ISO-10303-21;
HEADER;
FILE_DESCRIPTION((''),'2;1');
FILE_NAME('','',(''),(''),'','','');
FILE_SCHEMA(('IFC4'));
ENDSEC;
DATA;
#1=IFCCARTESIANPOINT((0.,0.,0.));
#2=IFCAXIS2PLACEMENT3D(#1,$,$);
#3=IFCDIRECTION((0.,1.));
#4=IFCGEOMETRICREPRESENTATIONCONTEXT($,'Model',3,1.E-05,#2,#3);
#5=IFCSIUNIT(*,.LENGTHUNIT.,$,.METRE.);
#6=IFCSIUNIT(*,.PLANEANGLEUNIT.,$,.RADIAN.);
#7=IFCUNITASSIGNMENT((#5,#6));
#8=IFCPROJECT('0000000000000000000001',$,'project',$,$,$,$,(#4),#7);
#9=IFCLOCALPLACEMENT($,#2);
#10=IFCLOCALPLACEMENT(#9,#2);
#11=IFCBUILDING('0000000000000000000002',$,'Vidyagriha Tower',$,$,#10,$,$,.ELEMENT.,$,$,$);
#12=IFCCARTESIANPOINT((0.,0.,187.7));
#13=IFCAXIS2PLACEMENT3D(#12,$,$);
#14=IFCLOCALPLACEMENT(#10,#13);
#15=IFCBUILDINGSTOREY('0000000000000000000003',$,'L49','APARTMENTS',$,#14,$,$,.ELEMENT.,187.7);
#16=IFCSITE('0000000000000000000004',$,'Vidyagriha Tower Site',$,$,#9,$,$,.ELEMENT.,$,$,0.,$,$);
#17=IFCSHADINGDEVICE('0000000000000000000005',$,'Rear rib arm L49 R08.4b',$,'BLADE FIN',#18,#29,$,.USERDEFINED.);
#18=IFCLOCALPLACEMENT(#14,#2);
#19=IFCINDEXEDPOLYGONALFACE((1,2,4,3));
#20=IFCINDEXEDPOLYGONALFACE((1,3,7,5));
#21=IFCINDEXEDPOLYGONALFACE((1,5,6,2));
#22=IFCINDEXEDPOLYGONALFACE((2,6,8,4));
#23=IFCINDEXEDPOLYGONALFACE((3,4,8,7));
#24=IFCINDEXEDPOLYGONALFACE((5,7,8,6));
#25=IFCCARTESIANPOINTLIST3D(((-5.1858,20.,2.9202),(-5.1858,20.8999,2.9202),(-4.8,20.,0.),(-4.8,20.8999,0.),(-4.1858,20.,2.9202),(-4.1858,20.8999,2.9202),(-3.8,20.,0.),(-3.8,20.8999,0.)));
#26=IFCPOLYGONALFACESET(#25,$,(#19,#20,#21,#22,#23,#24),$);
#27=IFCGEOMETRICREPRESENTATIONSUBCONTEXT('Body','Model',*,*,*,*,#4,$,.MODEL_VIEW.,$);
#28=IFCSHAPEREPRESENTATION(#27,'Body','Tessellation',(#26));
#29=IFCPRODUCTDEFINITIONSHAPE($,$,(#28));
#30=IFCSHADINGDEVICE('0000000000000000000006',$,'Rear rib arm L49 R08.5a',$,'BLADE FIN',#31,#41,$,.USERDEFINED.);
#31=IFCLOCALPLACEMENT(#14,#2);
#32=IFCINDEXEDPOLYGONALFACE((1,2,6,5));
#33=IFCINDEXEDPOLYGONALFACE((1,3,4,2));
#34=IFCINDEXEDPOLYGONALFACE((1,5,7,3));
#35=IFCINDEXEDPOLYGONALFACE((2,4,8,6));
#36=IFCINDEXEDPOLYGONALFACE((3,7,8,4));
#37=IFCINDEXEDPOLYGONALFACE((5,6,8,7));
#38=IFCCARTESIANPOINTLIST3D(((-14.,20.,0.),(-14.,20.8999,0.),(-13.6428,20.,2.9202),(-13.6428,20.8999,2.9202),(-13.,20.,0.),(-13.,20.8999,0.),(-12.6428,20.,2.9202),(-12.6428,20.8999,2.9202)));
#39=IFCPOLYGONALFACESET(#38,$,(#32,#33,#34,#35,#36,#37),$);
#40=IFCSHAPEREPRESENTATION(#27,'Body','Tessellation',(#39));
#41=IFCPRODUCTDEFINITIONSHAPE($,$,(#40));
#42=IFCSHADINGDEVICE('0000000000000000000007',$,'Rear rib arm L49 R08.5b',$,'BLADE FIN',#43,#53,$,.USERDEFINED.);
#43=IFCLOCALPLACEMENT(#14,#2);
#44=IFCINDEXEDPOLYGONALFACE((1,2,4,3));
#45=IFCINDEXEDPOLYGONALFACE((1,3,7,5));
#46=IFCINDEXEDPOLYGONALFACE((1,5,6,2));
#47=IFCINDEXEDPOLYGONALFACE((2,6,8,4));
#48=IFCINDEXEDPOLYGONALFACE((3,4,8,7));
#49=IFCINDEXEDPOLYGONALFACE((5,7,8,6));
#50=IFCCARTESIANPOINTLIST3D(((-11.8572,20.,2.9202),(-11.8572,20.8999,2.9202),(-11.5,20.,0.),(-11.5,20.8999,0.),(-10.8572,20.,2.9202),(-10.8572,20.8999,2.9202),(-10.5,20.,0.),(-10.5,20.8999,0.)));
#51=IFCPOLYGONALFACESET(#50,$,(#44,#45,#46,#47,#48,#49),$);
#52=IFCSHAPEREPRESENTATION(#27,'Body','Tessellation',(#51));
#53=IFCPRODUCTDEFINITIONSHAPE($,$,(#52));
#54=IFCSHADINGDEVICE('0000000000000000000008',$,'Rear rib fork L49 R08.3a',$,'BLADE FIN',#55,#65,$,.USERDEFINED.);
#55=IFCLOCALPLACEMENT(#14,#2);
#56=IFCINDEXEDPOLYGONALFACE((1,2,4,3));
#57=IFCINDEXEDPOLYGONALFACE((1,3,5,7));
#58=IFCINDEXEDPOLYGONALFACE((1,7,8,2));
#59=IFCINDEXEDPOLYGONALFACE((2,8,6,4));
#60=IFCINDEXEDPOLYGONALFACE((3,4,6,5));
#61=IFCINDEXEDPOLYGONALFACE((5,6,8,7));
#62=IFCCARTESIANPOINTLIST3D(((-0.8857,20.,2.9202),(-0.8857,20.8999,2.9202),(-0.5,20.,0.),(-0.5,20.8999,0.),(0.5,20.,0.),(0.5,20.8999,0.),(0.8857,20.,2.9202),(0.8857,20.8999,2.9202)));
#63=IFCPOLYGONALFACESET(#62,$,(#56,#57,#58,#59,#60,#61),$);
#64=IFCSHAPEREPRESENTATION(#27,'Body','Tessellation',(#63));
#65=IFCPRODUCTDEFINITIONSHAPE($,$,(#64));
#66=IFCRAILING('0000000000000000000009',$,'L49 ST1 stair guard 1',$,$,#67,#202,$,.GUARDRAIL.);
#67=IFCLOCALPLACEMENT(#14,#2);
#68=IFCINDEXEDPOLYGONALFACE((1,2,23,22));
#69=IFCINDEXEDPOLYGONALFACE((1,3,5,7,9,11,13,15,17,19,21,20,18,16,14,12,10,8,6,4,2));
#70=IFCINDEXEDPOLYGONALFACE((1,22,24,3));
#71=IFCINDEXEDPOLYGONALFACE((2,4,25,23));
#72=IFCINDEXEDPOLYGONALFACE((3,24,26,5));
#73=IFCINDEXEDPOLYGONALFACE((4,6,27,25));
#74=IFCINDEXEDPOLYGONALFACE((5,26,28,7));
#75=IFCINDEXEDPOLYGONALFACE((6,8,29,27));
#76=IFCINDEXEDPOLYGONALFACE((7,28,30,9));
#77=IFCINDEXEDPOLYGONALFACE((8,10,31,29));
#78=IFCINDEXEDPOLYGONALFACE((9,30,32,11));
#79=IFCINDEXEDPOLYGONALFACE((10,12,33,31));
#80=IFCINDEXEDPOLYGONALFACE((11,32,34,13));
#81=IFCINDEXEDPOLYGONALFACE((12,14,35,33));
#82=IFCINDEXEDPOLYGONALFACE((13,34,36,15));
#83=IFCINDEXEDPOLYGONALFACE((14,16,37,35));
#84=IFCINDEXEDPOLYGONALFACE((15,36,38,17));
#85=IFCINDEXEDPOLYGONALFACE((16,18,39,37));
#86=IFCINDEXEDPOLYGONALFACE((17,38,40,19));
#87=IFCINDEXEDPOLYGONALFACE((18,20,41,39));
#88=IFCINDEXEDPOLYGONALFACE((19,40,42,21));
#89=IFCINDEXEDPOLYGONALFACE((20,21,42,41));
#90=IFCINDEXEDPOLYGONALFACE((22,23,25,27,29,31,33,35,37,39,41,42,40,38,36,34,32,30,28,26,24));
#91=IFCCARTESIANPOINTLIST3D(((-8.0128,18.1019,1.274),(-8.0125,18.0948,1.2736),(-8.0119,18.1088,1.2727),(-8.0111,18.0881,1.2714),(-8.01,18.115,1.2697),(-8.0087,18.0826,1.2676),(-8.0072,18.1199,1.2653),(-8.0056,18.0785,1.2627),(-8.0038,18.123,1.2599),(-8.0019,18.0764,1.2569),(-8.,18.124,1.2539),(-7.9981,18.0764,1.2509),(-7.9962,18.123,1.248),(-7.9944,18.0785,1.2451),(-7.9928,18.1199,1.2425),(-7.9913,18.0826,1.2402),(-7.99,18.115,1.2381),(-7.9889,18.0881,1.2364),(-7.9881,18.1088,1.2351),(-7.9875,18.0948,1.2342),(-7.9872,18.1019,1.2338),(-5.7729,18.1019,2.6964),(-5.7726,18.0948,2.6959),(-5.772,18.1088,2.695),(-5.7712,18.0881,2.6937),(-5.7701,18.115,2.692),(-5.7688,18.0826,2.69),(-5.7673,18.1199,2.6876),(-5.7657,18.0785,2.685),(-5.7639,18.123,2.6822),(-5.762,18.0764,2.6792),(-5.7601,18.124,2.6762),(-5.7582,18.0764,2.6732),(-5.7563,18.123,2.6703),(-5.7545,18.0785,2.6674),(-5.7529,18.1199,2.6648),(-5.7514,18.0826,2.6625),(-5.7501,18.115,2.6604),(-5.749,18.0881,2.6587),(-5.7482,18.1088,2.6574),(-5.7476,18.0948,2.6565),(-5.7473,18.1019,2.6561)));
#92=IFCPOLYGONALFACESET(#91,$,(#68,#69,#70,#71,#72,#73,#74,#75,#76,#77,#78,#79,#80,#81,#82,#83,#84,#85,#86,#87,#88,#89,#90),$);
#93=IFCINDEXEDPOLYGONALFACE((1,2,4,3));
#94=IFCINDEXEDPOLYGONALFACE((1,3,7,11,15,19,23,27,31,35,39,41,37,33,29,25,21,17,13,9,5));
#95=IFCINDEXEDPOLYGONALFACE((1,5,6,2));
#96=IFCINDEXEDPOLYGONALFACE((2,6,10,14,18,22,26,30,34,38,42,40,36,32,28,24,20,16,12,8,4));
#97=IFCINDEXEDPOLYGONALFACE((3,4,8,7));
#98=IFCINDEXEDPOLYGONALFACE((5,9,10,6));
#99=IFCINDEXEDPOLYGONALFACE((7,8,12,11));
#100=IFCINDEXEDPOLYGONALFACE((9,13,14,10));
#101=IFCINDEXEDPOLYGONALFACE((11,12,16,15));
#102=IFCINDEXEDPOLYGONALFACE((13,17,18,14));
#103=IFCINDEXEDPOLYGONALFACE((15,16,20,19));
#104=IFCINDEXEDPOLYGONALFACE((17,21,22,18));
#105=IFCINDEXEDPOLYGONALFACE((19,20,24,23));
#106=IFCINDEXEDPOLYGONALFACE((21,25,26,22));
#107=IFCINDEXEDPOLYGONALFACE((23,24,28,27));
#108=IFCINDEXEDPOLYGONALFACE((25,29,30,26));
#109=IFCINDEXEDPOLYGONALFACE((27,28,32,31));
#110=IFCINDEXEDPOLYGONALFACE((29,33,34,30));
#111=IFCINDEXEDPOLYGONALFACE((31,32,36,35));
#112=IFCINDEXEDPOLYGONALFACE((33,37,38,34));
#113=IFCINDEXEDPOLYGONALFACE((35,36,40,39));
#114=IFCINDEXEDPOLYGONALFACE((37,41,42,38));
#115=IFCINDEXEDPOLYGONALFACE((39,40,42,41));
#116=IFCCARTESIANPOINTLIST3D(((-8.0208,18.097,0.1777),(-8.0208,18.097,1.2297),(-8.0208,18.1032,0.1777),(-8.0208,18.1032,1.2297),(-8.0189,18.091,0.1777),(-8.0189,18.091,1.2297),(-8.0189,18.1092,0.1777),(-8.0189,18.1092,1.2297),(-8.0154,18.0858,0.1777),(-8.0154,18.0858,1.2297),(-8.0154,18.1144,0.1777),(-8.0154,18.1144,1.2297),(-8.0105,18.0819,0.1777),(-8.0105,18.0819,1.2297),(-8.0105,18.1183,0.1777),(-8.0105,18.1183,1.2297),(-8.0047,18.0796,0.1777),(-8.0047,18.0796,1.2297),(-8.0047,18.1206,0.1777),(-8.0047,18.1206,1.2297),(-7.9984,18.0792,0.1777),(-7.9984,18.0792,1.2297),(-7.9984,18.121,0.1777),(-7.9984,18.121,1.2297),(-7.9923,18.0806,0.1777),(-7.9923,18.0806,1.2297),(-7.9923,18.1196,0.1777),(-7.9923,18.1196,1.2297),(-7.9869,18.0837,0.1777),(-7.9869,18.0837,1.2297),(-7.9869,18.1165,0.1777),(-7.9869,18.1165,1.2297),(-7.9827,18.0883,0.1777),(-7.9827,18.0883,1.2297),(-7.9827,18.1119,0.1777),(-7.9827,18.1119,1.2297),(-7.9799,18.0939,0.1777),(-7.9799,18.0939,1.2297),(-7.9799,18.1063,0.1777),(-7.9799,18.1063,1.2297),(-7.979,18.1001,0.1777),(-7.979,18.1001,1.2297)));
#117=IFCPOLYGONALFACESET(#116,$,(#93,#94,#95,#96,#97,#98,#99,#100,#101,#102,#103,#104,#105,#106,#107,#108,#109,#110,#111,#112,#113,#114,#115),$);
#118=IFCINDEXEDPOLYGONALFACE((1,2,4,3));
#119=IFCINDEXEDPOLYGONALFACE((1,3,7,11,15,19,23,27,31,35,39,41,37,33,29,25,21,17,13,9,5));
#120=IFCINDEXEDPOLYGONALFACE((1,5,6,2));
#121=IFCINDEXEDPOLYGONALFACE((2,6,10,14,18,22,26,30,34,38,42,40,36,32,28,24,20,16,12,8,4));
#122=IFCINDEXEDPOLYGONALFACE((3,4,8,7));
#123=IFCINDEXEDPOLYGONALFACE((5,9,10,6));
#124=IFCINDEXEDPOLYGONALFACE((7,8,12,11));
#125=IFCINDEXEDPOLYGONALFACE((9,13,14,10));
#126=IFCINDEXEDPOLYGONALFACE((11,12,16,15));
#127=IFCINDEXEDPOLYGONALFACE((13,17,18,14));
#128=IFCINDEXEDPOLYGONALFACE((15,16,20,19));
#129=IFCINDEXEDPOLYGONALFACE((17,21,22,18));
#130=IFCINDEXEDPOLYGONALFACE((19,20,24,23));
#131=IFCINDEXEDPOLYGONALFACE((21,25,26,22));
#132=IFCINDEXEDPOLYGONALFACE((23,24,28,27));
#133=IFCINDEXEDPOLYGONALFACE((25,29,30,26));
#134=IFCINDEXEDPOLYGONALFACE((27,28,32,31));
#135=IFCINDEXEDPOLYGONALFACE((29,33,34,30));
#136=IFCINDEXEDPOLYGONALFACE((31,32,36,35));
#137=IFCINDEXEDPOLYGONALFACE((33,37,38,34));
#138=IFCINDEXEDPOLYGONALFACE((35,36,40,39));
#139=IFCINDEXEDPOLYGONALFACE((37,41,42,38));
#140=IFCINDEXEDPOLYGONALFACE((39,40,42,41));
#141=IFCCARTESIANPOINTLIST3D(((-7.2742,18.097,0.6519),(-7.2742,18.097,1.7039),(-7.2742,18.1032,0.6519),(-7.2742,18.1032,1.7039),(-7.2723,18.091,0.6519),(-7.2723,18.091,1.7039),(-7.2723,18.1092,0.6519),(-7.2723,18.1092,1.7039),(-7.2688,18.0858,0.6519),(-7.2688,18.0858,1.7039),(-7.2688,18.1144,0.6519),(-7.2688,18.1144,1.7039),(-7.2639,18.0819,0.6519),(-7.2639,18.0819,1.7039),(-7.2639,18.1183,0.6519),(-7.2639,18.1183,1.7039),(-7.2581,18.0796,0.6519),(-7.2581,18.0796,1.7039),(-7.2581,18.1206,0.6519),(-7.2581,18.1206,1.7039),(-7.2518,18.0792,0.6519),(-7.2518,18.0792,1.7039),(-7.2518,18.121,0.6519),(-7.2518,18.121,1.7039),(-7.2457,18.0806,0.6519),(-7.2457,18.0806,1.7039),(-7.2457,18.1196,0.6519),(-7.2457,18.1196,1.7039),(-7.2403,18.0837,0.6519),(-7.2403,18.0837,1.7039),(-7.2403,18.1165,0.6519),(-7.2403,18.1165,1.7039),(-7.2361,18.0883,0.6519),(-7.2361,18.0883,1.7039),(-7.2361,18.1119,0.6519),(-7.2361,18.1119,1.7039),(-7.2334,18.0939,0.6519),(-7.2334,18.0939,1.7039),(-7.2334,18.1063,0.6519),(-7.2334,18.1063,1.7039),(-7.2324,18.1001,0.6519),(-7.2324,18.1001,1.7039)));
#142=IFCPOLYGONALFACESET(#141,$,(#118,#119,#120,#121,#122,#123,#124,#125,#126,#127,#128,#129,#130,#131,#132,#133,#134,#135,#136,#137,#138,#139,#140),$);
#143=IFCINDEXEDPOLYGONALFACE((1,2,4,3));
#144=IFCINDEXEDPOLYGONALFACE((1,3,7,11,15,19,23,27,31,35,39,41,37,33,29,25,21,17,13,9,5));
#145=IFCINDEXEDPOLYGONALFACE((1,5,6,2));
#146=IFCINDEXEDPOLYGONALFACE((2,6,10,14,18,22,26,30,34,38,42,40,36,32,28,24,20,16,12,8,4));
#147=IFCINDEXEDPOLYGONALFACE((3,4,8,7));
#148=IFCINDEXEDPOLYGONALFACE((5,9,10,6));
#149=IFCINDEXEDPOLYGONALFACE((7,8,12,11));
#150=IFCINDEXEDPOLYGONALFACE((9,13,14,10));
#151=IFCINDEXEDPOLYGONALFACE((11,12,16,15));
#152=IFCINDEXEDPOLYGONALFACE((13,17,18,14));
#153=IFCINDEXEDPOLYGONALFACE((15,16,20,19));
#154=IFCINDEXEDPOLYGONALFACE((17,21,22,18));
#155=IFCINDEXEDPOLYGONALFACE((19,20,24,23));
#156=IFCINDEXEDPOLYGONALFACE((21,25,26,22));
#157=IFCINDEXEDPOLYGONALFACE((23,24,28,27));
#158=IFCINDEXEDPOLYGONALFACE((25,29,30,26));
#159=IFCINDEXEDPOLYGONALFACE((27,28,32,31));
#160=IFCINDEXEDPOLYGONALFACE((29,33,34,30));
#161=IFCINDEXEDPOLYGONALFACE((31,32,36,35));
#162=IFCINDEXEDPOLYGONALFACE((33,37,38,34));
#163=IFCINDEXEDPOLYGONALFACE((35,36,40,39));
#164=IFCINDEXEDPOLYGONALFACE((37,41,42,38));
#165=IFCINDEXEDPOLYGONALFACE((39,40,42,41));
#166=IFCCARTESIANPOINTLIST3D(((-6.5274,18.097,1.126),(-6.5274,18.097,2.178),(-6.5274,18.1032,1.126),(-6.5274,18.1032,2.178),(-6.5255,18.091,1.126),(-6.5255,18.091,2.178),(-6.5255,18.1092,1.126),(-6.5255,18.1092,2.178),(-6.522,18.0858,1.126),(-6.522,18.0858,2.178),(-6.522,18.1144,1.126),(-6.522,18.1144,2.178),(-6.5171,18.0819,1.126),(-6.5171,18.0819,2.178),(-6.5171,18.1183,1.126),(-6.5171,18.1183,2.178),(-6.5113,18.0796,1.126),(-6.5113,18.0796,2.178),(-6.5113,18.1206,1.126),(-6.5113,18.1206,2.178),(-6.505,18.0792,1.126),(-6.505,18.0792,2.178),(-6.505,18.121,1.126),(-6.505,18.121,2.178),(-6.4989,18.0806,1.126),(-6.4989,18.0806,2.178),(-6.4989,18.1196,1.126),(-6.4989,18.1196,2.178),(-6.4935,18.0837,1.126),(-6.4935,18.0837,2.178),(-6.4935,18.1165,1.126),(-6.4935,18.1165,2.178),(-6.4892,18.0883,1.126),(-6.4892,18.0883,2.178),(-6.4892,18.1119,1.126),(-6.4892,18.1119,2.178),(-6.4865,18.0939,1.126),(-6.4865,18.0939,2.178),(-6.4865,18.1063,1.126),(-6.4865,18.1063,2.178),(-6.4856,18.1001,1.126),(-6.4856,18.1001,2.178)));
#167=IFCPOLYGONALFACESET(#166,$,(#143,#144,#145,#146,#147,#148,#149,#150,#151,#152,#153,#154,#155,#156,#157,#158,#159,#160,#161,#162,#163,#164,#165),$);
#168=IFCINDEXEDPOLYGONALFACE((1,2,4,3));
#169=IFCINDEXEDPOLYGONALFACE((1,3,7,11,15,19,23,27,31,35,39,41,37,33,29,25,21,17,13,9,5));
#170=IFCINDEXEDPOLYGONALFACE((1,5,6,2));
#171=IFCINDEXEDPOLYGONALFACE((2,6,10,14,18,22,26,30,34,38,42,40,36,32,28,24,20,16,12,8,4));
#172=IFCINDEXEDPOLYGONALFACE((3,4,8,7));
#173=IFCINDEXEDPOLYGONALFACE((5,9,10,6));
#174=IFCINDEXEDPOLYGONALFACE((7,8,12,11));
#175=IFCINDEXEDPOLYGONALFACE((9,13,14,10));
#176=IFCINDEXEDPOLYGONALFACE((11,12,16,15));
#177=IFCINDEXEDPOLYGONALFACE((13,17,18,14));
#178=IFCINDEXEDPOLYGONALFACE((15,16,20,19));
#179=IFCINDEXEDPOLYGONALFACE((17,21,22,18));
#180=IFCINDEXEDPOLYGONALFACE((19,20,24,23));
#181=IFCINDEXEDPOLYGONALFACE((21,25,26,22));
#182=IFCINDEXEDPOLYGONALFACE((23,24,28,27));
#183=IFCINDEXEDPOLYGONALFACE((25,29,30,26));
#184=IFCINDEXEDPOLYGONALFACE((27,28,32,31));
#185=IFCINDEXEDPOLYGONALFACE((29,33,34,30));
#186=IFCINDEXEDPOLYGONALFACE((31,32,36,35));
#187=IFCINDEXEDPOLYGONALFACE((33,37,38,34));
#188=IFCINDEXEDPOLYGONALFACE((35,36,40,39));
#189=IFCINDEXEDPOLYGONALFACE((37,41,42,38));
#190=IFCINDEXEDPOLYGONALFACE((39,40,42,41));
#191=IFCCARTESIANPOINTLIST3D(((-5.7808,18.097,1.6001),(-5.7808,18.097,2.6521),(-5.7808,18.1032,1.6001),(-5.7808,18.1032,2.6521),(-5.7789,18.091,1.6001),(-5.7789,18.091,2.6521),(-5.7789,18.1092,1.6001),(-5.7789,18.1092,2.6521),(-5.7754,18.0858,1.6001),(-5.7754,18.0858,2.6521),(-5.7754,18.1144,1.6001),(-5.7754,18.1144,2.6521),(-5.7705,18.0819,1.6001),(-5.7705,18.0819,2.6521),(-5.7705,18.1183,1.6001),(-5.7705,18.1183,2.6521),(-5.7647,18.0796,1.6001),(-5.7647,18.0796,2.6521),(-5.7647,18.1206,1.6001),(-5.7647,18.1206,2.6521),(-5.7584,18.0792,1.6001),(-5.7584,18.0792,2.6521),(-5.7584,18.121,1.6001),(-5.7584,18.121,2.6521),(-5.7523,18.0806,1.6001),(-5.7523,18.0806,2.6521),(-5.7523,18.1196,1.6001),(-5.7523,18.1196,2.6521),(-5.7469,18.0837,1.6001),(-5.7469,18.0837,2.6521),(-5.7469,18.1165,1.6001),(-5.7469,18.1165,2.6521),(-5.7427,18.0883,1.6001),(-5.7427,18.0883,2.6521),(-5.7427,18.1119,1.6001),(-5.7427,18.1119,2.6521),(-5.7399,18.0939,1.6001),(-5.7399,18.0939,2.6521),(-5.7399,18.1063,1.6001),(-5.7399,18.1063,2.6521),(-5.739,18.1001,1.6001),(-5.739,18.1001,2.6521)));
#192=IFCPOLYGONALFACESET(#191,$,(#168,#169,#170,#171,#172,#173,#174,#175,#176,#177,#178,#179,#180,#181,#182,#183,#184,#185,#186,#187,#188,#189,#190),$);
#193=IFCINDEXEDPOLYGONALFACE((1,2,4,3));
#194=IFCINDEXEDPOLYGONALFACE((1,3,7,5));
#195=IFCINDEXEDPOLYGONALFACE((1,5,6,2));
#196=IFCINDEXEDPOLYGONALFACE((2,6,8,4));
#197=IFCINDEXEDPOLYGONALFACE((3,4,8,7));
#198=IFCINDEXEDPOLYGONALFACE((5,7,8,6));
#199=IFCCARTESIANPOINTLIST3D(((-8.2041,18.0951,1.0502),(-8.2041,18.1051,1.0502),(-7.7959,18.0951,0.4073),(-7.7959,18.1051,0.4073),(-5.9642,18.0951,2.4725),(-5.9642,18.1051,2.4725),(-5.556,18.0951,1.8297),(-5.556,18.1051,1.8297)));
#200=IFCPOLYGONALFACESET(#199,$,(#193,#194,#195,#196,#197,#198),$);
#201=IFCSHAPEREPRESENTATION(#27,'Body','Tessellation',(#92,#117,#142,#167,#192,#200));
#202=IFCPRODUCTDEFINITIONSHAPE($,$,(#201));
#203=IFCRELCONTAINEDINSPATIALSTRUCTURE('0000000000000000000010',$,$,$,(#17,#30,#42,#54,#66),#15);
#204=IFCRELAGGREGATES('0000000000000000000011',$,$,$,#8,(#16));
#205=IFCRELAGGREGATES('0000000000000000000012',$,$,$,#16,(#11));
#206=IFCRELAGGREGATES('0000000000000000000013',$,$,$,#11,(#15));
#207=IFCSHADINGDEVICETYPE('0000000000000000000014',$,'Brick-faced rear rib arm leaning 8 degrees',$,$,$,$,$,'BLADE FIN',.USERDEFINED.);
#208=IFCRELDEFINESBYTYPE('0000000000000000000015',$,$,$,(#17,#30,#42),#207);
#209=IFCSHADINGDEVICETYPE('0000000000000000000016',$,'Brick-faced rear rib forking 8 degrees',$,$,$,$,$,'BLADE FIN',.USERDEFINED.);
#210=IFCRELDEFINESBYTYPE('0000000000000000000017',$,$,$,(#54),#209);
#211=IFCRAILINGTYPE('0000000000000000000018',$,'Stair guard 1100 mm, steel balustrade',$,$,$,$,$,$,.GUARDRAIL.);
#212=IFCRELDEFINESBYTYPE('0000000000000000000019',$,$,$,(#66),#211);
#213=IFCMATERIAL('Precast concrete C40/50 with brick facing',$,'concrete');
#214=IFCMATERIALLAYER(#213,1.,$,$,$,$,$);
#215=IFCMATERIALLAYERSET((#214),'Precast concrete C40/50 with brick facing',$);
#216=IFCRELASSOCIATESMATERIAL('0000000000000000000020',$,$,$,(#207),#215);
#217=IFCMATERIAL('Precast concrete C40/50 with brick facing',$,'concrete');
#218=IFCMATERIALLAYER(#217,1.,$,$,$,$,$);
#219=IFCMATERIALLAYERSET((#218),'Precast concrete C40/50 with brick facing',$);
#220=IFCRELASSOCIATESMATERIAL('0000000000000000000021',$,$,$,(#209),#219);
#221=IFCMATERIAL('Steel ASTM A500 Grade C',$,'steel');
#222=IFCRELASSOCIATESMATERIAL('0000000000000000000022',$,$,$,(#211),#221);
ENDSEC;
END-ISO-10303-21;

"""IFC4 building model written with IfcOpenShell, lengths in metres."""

from ifc_helpers import new_model, si_unit, direction, frame, origin, origin_2d, place, context, subcontext, project, spatial, polyline, rectangle, circle, outline, extrude, material, layer, layer_set, type_object, element, save


model = new_model("IFC4")

# Units and contexts
model_context = context("Model", 3, precision=1e-05, world=origin(), true_north=direction((0.0, 1.0)))
body_context = subcontext(model_context, "Body", "Model", "MODEL_VIEW")
ifc_project = project(units=[si_unit("LENGTHUNIT", "METRE"), si_unit("PLANEANGLEUNIT", "RADIAN")], contexts=[model_context])

# Site, building, storey
site_placement = place(None, origin())
site = spatial("IfcSite", under=ifc_project, at=site_placement, Name="Vidyagriha Tower Site", CompositionType="ELEMENT", RefElevation=0.0)
building_placement = place(site_placement, origin())
building = spatial("IfcBuilding", under=site, at=building_placement, Name="Vidyagriha Tower", CompositionType="ELEMENT")
storey_placement = place(building_placement, frame((0.0, 0.0, 187.7)))
storey = spatial("IfcBuildingStorey", under=building, at=storey_placement, Name="L49", Description="APARTMENTS", CompositionType="ELEMENT", Elevation=187.7)

# Shading devices
ifc_material_1 = material(Name="Precast concrete C40/50 with brick facing", Category="concrete")
ifc_layer_1 = layer(ifc_material_1, 1.0)
ifc_layer_set_1 = layer_set([ifc_layer_1], Name="Precast concrete C40/50 with brick facing")
shading_device_type_1 = type_object("IfcShadingDeviceType", Name="Brick-faced rear rib arm leaning 8 degrees", ElementType="BLADE FIN", PredefinedType="USERDEFINED", material=ifc_layer_set_1)
shading_device_1_placement = place(storey_placement, frame((-3.8, 20.45, 0.0), z_axis=(0.0, 0.0, 1.0), x_axis=(-1.0, 0.0, 0.0)))
element("IfcShadingDevice", 1, at=shading_device_1_placement, inside=storey, type_object=shading_device_type_1, Name="Rear rib arm L49 R08.4b", ObjectType="BLADE FIN", PredefinedType="USERDEFINED", context=body_context, shape_type="SweptSolid", body=[
    extrude(outline(polyline([(0.0, 0.0), (1.0, 0.0), (1.3857, 2.9202), (0.3857, 2.9202), (0.0, 0.0)])), frame((0.0, 0.45, 0.0), z_axis=(0.0, -1.0, 0.0), x_axis=(1.0, 0.0, 0.0)), (0.0, 0.0, 1.0), 0.8999),
])
shading_device_2_placement = place(storey_placement, frame((-12.6428, 20.45, 0.0), z_axis=(0.0, 0.0, 1.0), x_axis=(-1.0, 0.0, 0.0)))
element("IfcShadingDevice", 2, at=shading_device_2_placement, inside=storey, type_object=shading_device_type_1, Name="Rear rib arm L49 R08.5a", ObjectType="BLADE FIN", PredefinedType="USERDEFINED", context=body_context, shape_type="SweptSolid", body=[
    extrude(outline(polyline([(0.3572, 0.0), (1.3572, 0.0), (1.0, 2.9202), (0.0, 2.9202), (0.3572, 0.0)])), frame((0.0, 0.45, 0.0), z_axis=(0.0, -1.0, 0.0), x_axis=(1.0, 0.0, 0.0)), (0.0, 0.0, 1.0), 0.8999),
])
shading_device_3_placement = place(storey_placement, frame((-10.5, 20.45, 0.0), z_axis=(0.0, 0.0, 1.0), x_axis=(-1.0, 0.0, 0.0)))
element("IfcShadingDevice", 3, at=shading_device_3_placement, inside=storey, type_object=shading_device_type_1, Name="Rear rib arm L49 R08.5b", ObjectType="BLADE FIN", PredefinedType="USERDEFINED", context=body_context, shape_type="SweptSolid", body=[
    extrude(outline(polyline([(0.0, 0.0), (1.0, 0.0), (1.3572, 2.9202), (0.3572, 2.9202), (0.0, 0.0)])), frame((0.0, 0.45, 0.0), z_axis=(0.0, -1.0, 0.0), x_axis=(1.0, 0.0, 0.0)), (0.0, 0.0, 1.0), 0.8999),
])
ifc_material_2 = material(Name="Precast concrete C40/50 with brick facing", Category="concrete")
ifc_layer_2 = layer(ifc_material_2, 1.0)
ifc_layer_set_2 = layer_set([ifc_layer_2], Name="Precast concrete C40/50 with brick facing")
shading_device_type_2 = type_object("IfcShadingDeviceType", Name="Brick-faced rear rib forking 8 degrees", ElementType="BLADE FIN", PredefinedType="USERDEFINED", material=ifc_layer_set_2)
shading_device_4_placement = place(storey_placement, frame((0.8857, 20.45, 0.0), z_axis=(0.0, 0.0, 1.0), x_axis=(-1.0, 0.0, 0.0)))
element("IfcShadingDevice", 4, at=shading_device_4_placement, inside=storey, type_object=shading_device_type_2, Name="Rear rib fork L49 R08.3a", ObjectType="BLADE FIN", PredefinedType="USERDEFINED", context=body_context, shape_type="SweptSolid", body=[
    extrude(outline(polyline([(0.3857, 0.0), (1.3857, 0.0), (1.7715, 2.9202), (0.0, 2.9202), (0.3857, 0.0)])), frame((0.0, 0.45, 0.0), z_axis=(0.0, -1.0, 0.0), x_axis=(1.0, 0.0, 0.0)), (0.0, 0.0, 1.0), 0.8999),
])

# Railing
ifc_material_3 = material(Name="Steel ASTM A500 Grade C", Category="steel")
railing_type_1 = type_object("IfcRailingType", Name="Stair guard 1100 mm, steel balustrade", PredefinedType="GUARDRAIL", material=ifc_material_3)
railing_1_placement = place(storey_placement, frame((-8.0, 18.1001, 0.1777)))
element("IfcRailing", 5, at=railing_1_placement, inside=storey, type_object=railing_type_1, Name="L49 ST1 stair guard 1", PredefinedType="GUARDRAIL", context=body_context, shape_type="SweptSolid", body=[
    extrude(circle(Radius=0.0239, at=origin_2d()), frame((0.0, 0.0, 1.0762), z_axis=(0.844188, 0.0, 0.536048), x_axis=(0.0, 1.0, 0.0)), (0.0, 0.0, 1.0), 2.6533),
    extrude(circle(Radius=0.021, at=origin_2d()), origin(), (0.0, 0.0, 1.0), 1.052),
    extrude(circle(Radius=0.021, at=origin_2d()), frame((0.7466, 0.0, 0.4741)), (0.0, 0.0, 1.0), 1.052),
    extrude(circle(Radius=0.021, at=origin_2d()), frame((1.4934, 0.0, 0.9482)), (0.0, 0.0, 1.0), 1.052),
    extrude(circle(Radius=0.021, at=origin_2d()), frame((2.24, 0.0, 1.4224)), (0.0, 0.0, 1.0), 1.052),
    extrude(rectangle(XDim=0.01, YDim=0.7615, at=origin_2d()), frame((0.0, 0.0, 0.551), z_axis=(0.844188, 0.0, 0.536048), x_axis=(0.0, 1.0, 0.0)), (0.0, 0.0, 1.0), 2.6533),
])

save(model, "model.ifc")
